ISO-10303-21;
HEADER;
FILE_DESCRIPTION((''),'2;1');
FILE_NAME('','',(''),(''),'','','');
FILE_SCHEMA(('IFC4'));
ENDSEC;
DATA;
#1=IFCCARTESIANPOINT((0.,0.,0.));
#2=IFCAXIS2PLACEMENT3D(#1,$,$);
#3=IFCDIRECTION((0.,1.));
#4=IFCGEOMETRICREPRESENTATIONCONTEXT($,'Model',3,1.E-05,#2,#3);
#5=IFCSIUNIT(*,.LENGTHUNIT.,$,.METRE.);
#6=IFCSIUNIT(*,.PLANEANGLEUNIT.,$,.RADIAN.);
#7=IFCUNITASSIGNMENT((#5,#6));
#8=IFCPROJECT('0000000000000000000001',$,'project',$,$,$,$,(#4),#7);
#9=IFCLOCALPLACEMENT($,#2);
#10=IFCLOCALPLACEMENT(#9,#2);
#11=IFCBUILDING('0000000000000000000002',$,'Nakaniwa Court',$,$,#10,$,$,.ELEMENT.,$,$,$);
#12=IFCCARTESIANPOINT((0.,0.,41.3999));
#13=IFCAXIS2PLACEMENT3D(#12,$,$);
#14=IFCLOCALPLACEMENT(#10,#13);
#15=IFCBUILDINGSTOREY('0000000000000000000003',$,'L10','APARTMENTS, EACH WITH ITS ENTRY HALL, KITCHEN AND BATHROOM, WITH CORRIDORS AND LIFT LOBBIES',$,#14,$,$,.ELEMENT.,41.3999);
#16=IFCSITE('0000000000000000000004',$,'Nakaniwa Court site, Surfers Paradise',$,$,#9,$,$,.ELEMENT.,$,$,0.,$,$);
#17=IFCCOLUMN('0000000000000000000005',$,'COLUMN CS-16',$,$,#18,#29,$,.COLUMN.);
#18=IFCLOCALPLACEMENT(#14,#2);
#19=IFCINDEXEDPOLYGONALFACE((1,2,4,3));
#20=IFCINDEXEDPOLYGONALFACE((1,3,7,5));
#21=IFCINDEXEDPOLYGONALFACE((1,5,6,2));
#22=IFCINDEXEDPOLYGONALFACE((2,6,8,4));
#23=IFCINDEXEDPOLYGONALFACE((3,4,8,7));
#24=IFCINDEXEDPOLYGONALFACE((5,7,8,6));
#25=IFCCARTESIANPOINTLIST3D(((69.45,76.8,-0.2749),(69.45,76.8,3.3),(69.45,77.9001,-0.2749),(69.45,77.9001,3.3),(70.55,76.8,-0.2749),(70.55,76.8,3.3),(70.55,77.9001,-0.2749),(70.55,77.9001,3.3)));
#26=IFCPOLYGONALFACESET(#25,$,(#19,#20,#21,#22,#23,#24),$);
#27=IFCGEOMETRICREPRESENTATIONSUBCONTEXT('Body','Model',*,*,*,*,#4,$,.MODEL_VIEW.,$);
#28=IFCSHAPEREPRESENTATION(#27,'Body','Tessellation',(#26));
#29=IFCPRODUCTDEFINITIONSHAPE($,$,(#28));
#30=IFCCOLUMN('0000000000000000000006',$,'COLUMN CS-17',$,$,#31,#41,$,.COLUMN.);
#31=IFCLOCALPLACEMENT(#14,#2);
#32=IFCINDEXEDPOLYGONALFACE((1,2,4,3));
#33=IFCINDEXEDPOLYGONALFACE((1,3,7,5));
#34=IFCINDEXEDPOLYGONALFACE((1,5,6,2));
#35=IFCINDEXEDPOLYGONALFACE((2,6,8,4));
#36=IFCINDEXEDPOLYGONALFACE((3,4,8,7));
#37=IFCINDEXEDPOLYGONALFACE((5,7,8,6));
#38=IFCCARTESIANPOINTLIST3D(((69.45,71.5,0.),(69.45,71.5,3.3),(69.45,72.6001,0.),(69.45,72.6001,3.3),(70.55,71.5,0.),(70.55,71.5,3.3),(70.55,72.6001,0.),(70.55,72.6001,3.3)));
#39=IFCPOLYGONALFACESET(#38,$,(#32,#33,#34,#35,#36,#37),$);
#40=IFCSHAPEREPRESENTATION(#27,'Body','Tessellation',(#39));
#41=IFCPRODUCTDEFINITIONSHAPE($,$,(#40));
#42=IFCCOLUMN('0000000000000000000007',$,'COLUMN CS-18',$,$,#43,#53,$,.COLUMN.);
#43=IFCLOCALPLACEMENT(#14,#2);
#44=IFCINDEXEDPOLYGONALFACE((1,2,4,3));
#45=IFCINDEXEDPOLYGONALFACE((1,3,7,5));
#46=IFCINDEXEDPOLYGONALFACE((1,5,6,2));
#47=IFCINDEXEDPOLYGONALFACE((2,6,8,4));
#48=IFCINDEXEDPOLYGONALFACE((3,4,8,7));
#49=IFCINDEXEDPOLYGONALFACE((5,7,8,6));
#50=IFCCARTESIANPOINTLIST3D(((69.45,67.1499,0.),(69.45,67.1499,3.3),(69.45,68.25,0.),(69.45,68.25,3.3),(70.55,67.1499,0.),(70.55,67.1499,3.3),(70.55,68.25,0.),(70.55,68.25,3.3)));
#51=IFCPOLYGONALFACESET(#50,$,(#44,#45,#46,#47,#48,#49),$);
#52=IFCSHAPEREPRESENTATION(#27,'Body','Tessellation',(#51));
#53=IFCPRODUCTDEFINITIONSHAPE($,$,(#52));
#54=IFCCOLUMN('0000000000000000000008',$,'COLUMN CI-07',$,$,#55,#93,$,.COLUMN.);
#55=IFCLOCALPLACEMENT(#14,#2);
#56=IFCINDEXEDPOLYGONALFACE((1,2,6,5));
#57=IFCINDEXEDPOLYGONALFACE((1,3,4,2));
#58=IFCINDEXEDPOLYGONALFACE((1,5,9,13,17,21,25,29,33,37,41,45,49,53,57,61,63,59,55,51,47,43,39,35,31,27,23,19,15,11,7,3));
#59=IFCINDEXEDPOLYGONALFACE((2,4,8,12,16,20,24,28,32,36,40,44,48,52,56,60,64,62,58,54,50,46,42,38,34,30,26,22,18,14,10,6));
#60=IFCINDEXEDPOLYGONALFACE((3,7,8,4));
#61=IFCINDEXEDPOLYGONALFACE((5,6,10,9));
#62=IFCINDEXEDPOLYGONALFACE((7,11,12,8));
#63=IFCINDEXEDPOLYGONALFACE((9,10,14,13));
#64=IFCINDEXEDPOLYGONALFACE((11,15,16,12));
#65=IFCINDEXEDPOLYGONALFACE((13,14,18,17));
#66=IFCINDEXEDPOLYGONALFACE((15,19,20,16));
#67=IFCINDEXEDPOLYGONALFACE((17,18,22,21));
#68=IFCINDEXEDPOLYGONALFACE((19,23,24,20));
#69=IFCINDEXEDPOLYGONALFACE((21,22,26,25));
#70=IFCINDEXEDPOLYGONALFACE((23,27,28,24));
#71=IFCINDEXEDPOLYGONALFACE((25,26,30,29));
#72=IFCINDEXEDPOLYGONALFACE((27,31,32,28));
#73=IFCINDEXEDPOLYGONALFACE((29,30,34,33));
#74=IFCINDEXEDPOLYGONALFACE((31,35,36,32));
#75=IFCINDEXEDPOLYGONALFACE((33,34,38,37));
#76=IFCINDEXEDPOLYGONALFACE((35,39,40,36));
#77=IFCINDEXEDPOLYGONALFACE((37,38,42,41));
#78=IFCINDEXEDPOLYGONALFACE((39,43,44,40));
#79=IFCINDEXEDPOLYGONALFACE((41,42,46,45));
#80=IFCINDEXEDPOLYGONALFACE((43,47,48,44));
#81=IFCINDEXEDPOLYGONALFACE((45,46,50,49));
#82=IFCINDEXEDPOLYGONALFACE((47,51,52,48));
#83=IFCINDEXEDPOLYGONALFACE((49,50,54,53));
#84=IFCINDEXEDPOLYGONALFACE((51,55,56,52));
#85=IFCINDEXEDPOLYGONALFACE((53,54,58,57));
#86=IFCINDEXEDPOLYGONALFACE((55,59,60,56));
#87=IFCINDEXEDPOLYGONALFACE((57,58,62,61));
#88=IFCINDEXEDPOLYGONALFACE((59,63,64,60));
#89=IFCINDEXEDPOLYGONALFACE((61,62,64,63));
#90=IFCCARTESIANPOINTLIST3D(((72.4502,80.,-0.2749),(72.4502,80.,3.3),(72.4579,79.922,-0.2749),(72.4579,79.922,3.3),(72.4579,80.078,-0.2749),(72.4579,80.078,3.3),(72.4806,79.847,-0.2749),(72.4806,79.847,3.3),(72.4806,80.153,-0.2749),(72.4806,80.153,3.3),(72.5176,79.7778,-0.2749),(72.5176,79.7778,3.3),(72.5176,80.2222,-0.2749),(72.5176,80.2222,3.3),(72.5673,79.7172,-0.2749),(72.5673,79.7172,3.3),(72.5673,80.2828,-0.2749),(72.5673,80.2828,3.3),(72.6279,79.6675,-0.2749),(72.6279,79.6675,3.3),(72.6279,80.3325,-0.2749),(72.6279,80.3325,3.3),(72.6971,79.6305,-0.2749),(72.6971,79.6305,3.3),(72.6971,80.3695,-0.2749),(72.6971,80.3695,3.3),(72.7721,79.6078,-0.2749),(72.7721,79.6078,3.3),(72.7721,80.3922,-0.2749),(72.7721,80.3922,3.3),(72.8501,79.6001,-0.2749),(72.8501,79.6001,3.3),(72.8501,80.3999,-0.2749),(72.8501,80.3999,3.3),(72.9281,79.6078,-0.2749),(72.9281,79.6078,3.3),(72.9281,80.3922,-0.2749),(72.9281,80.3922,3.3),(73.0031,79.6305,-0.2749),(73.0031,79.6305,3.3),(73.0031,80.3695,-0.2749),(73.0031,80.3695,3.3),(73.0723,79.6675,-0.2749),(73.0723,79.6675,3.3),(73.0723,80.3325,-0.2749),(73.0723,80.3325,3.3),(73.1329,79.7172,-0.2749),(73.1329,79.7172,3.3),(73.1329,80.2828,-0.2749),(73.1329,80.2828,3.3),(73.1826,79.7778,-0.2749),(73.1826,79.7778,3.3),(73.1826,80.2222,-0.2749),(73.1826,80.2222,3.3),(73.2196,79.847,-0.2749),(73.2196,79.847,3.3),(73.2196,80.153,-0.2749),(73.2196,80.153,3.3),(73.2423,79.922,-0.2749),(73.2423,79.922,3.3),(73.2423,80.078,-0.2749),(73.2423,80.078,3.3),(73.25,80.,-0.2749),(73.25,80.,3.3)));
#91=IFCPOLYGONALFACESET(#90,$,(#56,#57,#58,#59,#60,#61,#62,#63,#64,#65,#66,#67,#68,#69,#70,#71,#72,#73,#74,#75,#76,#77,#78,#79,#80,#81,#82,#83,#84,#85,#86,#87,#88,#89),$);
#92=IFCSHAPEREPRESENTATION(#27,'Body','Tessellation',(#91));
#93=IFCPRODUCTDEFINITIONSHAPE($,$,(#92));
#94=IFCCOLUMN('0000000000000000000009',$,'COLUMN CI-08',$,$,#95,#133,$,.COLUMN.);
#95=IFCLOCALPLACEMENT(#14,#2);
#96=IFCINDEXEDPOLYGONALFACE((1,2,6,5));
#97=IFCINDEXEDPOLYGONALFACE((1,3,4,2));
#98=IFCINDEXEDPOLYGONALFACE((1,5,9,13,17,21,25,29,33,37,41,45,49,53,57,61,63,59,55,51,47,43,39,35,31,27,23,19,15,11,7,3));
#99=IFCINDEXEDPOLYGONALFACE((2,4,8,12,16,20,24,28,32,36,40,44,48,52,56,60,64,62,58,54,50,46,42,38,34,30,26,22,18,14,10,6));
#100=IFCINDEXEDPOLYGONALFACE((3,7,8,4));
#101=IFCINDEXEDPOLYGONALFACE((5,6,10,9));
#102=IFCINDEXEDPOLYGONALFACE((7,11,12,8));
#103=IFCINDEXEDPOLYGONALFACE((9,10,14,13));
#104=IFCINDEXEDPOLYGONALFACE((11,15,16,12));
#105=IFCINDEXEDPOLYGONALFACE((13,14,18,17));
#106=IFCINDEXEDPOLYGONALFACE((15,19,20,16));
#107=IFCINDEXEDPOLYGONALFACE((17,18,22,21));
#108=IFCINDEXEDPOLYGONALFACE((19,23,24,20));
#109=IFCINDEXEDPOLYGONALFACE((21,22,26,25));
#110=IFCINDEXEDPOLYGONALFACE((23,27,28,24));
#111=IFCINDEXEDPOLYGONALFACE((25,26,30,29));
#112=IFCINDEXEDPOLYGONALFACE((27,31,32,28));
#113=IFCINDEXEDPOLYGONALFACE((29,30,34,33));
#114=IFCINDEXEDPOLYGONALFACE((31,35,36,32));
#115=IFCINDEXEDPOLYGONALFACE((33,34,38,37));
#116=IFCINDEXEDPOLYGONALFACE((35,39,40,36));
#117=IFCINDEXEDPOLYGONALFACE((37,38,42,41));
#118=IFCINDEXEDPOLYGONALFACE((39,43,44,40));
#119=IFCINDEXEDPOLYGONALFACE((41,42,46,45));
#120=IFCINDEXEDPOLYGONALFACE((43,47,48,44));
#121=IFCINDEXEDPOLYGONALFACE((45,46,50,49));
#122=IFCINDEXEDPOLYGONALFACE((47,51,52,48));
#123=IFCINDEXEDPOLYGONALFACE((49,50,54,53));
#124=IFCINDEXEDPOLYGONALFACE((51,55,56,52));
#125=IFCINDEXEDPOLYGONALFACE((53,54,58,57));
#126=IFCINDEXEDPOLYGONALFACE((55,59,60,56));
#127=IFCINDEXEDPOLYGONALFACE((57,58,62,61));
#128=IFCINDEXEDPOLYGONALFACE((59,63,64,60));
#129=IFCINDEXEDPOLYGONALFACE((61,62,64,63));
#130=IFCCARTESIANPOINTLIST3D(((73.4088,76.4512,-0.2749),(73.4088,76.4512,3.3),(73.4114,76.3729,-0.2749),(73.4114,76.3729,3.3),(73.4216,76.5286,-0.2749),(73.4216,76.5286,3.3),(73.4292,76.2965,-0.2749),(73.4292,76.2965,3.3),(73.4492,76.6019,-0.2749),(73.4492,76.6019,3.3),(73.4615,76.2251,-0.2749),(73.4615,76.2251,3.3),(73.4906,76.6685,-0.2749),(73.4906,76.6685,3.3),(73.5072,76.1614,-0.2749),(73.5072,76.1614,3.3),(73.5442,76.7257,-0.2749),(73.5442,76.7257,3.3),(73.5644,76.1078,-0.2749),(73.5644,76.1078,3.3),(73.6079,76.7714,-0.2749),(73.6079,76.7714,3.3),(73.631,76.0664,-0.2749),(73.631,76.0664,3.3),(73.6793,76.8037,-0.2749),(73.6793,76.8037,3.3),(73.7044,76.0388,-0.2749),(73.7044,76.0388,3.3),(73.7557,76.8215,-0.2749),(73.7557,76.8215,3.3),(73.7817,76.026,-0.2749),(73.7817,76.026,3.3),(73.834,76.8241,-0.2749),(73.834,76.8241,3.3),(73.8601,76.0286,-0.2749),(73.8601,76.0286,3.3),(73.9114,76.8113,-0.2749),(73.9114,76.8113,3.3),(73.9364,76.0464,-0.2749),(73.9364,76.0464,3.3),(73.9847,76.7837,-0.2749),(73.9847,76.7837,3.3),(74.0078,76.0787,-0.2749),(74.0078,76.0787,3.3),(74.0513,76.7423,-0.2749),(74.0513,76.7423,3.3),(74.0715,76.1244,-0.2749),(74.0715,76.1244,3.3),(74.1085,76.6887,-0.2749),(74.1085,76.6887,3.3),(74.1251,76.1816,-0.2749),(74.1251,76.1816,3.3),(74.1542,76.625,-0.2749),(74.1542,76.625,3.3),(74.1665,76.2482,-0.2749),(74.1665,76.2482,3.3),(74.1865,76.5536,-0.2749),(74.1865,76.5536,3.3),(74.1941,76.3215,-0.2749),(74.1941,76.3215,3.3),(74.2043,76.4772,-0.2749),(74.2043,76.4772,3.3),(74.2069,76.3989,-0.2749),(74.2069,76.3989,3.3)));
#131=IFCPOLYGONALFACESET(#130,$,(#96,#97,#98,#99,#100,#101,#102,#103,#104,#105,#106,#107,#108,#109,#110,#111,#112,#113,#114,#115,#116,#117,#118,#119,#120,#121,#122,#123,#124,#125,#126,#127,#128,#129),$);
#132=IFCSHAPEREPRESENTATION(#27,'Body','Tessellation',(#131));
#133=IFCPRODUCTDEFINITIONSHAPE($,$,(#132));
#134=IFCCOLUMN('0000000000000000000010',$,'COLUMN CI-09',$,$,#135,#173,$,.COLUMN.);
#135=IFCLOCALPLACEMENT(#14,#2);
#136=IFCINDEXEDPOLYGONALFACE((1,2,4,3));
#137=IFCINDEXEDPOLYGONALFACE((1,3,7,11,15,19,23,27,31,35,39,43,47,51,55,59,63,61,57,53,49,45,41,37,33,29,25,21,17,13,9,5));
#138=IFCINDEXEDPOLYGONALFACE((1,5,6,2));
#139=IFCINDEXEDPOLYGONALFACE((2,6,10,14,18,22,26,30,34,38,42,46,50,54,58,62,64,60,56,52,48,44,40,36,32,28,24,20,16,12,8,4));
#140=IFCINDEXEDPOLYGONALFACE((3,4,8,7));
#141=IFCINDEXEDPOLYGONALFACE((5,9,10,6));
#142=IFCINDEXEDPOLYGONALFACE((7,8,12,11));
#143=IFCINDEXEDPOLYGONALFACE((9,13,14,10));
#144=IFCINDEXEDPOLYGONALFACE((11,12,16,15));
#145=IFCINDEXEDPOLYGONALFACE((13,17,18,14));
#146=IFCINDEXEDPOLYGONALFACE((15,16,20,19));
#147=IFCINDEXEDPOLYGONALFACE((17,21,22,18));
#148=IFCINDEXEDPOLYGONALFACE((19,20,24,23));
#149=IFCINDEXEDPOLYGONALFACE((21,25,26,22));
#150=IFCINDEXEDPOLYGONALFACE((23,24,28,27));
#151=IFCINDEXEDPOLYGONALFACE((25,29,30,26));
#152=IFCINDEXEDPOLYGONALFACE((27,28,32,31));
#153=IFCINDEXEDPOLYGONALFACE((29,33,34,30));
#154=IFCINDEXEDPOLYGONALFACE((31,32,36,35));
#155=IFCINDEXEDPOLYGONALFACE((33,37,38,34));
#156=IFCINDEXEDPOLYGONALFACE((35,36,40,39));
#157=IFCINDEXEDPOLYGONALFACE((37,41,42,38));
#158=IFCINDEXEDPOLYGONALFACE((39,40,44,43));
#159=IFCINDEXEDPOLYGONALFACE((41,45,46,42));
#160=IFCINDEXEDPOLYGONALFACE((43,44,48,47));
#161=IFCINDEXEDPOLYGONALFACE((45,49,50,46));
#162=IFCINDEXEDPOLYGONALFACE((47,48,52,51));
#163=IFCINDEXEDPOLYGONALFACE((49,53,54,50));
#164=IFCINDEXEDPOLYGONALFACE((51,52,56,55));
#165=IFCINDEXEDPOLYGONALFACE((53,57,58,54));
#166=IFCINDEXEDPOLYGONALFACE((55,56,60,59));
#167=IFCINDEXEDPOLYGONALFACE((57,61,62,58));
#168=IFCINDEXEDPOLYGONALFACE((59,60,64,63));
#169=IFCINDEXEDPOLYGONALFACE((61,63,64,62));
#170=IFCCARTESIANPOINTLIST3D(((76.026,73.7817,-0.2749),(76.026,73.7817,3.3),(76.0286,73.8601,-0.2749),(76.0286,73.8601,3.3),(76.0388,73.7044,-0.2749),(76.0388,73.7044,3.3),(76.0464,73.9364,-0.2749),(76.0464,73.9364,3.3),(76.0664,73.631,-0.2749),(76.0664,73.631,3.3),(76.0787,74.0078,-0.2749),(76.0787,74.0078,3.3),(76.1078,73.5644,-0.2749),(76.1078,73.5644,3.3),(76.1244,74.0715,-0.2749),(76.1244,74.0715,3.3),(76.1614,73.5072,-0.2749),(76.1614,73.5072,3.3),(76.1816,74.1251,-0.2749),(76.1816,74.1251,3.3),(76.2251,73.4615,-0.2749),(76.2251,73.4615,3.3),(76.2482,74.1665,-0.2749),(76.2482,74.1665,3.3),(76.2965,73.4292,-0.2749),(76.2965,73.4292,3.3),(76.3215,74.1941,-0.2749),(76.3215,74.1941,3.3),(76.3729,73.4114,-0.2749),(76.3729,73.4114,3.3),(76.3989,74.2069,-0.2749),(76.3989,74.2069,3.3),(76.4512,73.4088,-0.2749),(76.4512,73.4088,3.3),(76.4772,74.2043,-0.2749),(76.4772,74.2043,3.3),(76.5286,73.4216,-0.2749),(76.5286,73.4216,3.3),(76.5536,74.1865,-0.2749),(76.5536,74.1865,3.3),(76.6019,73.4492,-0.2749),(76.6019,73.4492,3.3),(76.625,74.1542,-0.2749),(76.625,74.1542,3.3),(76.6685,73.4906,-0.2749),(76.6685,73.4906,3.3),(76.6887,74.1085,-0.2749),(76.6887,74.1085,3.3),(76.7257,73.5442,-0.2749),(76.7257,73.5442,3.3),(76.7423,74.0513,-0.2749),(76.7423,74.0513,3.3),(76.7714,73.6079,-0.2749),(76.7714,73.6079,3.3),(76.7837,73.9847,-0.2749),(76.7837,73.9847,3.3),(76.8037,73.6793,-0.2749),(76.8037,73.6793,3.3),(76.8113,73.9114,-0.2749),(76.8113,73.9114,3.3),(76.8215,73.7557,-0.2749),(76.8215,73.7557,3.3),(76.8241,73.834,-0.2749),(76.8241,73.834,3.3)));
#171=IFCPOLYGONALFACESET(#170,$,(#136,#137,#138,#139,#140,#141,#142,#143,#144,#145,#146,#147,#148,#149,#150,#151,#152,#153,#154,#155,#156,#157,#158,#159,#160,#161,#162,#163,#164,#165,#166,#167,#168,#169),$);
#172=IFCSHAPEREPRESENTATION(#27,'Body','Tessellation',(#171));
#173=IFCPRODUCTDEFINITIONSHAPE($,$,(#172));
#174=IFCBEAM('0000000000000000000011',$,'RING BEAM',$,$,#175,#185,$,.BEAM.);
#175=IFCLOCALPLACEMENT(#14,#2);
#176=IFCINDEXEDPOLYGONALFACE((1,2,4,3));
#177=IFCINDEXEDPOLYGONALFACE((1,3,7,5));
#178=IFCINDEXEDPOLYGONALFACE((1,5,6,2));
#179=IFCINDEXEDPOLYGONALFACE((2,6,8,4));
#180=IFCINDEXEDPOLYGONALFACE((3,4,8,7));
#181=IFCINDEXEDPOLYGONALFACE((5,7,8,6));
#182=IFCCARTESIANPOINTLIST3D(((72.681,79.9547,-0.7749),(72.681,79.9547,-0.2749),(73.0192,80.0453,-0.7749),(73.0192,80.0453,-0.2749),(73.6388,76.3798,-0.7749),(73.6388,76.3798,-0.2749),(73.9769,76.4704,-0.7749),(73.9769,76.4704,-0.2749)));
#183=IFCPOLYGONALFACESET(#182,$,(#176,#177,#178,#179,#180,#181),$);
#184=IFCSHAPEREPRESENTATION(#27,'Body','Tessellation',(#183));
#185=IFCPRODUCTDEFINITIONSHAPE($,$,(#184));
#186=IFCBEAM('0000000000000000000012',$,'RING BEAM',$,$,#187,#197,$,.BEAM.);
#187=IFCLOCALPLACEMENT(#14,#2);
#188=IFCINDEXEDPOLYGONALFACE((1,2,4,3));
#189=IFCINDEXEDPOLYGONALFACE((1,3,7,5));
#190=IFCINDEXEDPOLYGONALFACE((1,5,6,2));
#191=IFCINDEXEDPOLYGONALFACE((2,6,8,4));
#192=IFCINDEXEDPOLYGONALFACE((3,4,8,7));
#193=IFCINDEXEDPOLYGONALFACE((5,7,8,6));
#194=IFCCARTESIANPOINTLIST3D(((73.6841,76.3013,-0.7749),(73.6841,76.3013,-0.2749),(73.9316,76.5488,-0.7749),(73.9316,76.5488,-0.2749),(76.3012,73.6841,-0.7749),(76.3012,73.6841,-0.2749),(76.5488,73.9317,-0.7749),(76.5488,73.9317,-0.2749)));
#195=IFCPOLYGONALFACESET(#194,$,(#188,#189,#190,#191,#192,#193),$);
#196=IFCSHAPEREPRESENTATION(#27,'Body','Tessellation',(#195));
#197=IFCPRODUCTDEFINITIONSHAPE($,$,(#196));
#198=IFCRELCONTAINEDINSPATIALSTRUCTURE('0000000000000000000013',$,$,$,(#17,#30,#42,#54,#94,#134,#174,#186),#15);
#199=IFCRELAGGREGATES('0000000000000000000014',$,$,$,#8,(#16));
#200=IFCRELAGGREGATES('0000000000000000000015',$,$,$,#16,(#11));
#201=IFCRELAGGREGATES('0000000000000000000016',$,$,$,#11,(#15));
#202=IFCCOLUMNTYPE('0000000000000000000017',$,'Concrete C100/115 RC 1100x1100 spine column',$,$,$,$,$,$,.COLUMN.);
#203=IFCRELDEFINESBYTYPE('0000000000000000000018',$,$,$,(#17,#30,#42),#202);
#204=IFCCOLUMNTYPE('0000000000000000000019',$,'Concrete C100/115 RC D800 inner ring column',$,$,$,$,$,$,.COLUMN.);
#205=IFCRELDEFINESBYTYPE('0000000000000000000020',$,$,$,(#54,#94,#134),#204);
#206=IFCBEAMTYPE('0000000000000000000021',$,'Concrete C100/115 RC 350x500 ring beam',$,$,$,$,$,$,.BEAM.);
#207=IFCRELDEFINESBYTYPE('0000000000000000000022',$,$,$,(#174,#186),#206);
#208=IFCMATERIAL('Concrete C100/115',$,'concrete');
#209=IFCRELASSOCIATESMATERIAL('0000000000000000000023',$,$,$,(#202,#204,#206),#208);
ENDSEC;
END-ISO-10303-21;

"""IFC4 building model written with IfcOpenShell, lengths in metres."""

from ifc_helpers import new_model, si_unit, direction, frame, origin, origin_2d, place, context, subcontext, project, spatial, rectangle, circle, extrude, material, material_profile, profile_set, type_object, element, save


model = new_model("IFC4")

# Units and contexts
model_context = context("Model", 3, precision=1e-05, world=origin(), true_north=direction((0.0, 1.0)))
body_context = subcontext(model_context, "Body", "Model", "MODEL_VIEW")
ifc_project = project(units=[si_unit("LENGTHUNIT", "METRE"), si_unit("PLANEANGLEUNIT", "RADIAN")], contexts=[model_context])

# Site, building, storey
site_placement = place(None, origin())
site = spatial("IfcSite", under=ifc_project, at=site_placement, Name="Nakaniwa Court site, Surfers Paradise", CompositionType="ELEMENT", RefElevation=0.0)
building_placement = place(site_placement, origin())
building = spatial("IfcBuilding", under=site, at=building_placement, Name="Nakaniwa Court", CompositionType="ELEMENT")
storey_placement = place(building_placement, frame((0.0, 0.0, 41.3999)))
storey = spatial("IfcBuildingStorey", under=building, at=storey_placement, Name="L10", Description="APARTMENTS, EACH WITH ITS ENTRY HALL, KITCHEN AND BATHROOM, WITH CORRIDORS AND LIFT LOBBIES", CompositionType="ELEMENT", Elevation=41.3999)

# Columns
ifc_material_1 = material(Name="Concrete C100/115", Category="concrete")
ifc_material_profile_1 = material_profile(ifc_material_1, rectangle(XDim=1.1001, YDim=1.1001, at=origin_2d()), Name="Concrete C100/115 RC 1100x1100 spine column")
ifc_profile_set_1 = profile_set([ifc_material_profile_1], Name="Concrete C100/115")
column_type_1 = type_object("IfcColumnType", Name="Concrete C100/115 RC 1100x1100 spine column", PredefinedType="COLUMN", material=ifc_profile_set_1)
column_placement = place(storey_placement, frame((70.0, 77.3501, -0.2749), z_axis=(0.0, 0.0, 1.0), x_axis=(0.0, -1.0, 0.0)))
element("IfcColumn", 1, at=column_placement, inside=storey, type_object=column_type_1, Name="COLUMN CS-16", PredefinedType="COLUMN", context=body_context, shape_type="SweptSolid", body=[
    extrude(rectangle(XDim=1.1001, YDim=1.1001, at=origin_2d()), origin(), (0.0, 0.0, 1.0), 3.575),
])
for number, where, z_axis, x_axis, name in (
    (2, (70.0, 72.05, 0.0), (0.0, 0.0, 1.0), (0.0, -1.0, 0.0), "COLUMN CS-17"),
    (3, (70.0, 67.7, 0.0), (0.0, 0.0, 1.0), (0.0, -1.0, 0.0), "COLUMN CS-18"),
):
    element("IfcColumn", number, at=place(storey_placement, frame(where, z_axis=z_axis, x_axis=x_axis)), inside=storey, type_object=column_type_1, Name=name, PredefinedType="COLUMN", context=body_context, shape_type="SweptSolid", body=[
        extrude(rectangle(XDim=1.1001, YDim=1.1001, at=origin_2d()), origin(), (0.0, 0.0, 1.0), 3.3),
    ])
ifc_material_profile_2 = material_profile(ifc_material_1, circle(Radius=0.3999, at=origin_2d()), Name="Concrete C100/115 RC D800 inner ring column")
ifc_profile_set_2 = profile_set([ifc_material_profile_2], Name="Concrete C100/115")
column_type_2 = type_object("IfcColumnType", Name="Concrete C100/115 RC D800 inner ring column", PredefinedType="COLUMN", material=ifc_profile_set_2)
for number, where, z_axis, x_axis, name in (
    (4, (72.8501, 80.0, -0.2749), (0.0, 0.0, 1.0), (0.0, -1.0, 0.0), "COLUMN CI-07"),
    (5, (73.8079, 76.425, -0.2749), (0.0, 0.0, 1.0), (0.5, -0.866025, 0.0), "COLUMN CI-08"),
    (6, (76.425, 73.8079, -0.2749), (0.0, 0.0, 1.0), (0.866025, -0.5, 0.0), "COLUMN CI-09"),
):
    element("IfcColumn", number, at=place(storey_placement, frame(where, z_axis=z_axis, x_axis=x_axis)), inside=storey, type_object=column_type_2, Name=name, PredefinedType="COLUMN", context=body_context, shape_type="SweptSolid", body=[
        extrude(circle(Radius=0.3999, at=origin_2d()), origin(), (0.0, 0.0, 1.0), 3.575),
    ])

# Beams
ifc_material_profile_3 = material_profile(ifc_material_1, rectangle(XDim=0.3501, YDim=0.5, at=origin_2d()), Name="Concrete C100/115 RC 350x500 ring beam")
ifc_profile_set_3 = profile_set([ifc_material_profile_3], Name="Concrete C100/115")
beam_type_1 = type_object("IfcBeamType", Name="Concrete C100/115 RC 350x500 ring beam", PredefinedType="BEAM", material=ifc_profile_set_3)
beam_1_placement = place(storey_placement, frame((72.8501, 80.0, -0.5249), z_axis=(0.258783, -0.965935, 0.0), x_axis=(0.965935, 0.258783, 0.0)))
element("IfcBeam", 7, at=beam_1_placement, inside=storey, type_object=beam_type_1, Name="RING BEAM", PredefinedType="BEAM", context=body_context, shape_type="SweptSolid", body=[
    extrude(rectangle(XDim=0.3501, YDim=0.5, at=origin_2d()), origin(), (0.0, 0.0, 1.0), 3.7009),
])
beam_2_placement = place(storey_placement, frame((73.8079, 76.425, -0.5249), z_axis=(0.707107, -0.707107, 0.0), x_axis=(0.707107, 0.707107, 0.0)))
element("IfcBeam", 8, at=beam_2_placement, inside=storey, type_object=beam_type_1, Name="RING BEAM", PredefinedType="BEAM", context=body_context, shape_type="SweptSolid", body=[
    extrude(rectangle(XDim=0.3501, YDim=0.5, at=origin_2d()), origin(), (0.0, 0.0, 1.0), 3.7012),
])

save(model, "model.ifc")
